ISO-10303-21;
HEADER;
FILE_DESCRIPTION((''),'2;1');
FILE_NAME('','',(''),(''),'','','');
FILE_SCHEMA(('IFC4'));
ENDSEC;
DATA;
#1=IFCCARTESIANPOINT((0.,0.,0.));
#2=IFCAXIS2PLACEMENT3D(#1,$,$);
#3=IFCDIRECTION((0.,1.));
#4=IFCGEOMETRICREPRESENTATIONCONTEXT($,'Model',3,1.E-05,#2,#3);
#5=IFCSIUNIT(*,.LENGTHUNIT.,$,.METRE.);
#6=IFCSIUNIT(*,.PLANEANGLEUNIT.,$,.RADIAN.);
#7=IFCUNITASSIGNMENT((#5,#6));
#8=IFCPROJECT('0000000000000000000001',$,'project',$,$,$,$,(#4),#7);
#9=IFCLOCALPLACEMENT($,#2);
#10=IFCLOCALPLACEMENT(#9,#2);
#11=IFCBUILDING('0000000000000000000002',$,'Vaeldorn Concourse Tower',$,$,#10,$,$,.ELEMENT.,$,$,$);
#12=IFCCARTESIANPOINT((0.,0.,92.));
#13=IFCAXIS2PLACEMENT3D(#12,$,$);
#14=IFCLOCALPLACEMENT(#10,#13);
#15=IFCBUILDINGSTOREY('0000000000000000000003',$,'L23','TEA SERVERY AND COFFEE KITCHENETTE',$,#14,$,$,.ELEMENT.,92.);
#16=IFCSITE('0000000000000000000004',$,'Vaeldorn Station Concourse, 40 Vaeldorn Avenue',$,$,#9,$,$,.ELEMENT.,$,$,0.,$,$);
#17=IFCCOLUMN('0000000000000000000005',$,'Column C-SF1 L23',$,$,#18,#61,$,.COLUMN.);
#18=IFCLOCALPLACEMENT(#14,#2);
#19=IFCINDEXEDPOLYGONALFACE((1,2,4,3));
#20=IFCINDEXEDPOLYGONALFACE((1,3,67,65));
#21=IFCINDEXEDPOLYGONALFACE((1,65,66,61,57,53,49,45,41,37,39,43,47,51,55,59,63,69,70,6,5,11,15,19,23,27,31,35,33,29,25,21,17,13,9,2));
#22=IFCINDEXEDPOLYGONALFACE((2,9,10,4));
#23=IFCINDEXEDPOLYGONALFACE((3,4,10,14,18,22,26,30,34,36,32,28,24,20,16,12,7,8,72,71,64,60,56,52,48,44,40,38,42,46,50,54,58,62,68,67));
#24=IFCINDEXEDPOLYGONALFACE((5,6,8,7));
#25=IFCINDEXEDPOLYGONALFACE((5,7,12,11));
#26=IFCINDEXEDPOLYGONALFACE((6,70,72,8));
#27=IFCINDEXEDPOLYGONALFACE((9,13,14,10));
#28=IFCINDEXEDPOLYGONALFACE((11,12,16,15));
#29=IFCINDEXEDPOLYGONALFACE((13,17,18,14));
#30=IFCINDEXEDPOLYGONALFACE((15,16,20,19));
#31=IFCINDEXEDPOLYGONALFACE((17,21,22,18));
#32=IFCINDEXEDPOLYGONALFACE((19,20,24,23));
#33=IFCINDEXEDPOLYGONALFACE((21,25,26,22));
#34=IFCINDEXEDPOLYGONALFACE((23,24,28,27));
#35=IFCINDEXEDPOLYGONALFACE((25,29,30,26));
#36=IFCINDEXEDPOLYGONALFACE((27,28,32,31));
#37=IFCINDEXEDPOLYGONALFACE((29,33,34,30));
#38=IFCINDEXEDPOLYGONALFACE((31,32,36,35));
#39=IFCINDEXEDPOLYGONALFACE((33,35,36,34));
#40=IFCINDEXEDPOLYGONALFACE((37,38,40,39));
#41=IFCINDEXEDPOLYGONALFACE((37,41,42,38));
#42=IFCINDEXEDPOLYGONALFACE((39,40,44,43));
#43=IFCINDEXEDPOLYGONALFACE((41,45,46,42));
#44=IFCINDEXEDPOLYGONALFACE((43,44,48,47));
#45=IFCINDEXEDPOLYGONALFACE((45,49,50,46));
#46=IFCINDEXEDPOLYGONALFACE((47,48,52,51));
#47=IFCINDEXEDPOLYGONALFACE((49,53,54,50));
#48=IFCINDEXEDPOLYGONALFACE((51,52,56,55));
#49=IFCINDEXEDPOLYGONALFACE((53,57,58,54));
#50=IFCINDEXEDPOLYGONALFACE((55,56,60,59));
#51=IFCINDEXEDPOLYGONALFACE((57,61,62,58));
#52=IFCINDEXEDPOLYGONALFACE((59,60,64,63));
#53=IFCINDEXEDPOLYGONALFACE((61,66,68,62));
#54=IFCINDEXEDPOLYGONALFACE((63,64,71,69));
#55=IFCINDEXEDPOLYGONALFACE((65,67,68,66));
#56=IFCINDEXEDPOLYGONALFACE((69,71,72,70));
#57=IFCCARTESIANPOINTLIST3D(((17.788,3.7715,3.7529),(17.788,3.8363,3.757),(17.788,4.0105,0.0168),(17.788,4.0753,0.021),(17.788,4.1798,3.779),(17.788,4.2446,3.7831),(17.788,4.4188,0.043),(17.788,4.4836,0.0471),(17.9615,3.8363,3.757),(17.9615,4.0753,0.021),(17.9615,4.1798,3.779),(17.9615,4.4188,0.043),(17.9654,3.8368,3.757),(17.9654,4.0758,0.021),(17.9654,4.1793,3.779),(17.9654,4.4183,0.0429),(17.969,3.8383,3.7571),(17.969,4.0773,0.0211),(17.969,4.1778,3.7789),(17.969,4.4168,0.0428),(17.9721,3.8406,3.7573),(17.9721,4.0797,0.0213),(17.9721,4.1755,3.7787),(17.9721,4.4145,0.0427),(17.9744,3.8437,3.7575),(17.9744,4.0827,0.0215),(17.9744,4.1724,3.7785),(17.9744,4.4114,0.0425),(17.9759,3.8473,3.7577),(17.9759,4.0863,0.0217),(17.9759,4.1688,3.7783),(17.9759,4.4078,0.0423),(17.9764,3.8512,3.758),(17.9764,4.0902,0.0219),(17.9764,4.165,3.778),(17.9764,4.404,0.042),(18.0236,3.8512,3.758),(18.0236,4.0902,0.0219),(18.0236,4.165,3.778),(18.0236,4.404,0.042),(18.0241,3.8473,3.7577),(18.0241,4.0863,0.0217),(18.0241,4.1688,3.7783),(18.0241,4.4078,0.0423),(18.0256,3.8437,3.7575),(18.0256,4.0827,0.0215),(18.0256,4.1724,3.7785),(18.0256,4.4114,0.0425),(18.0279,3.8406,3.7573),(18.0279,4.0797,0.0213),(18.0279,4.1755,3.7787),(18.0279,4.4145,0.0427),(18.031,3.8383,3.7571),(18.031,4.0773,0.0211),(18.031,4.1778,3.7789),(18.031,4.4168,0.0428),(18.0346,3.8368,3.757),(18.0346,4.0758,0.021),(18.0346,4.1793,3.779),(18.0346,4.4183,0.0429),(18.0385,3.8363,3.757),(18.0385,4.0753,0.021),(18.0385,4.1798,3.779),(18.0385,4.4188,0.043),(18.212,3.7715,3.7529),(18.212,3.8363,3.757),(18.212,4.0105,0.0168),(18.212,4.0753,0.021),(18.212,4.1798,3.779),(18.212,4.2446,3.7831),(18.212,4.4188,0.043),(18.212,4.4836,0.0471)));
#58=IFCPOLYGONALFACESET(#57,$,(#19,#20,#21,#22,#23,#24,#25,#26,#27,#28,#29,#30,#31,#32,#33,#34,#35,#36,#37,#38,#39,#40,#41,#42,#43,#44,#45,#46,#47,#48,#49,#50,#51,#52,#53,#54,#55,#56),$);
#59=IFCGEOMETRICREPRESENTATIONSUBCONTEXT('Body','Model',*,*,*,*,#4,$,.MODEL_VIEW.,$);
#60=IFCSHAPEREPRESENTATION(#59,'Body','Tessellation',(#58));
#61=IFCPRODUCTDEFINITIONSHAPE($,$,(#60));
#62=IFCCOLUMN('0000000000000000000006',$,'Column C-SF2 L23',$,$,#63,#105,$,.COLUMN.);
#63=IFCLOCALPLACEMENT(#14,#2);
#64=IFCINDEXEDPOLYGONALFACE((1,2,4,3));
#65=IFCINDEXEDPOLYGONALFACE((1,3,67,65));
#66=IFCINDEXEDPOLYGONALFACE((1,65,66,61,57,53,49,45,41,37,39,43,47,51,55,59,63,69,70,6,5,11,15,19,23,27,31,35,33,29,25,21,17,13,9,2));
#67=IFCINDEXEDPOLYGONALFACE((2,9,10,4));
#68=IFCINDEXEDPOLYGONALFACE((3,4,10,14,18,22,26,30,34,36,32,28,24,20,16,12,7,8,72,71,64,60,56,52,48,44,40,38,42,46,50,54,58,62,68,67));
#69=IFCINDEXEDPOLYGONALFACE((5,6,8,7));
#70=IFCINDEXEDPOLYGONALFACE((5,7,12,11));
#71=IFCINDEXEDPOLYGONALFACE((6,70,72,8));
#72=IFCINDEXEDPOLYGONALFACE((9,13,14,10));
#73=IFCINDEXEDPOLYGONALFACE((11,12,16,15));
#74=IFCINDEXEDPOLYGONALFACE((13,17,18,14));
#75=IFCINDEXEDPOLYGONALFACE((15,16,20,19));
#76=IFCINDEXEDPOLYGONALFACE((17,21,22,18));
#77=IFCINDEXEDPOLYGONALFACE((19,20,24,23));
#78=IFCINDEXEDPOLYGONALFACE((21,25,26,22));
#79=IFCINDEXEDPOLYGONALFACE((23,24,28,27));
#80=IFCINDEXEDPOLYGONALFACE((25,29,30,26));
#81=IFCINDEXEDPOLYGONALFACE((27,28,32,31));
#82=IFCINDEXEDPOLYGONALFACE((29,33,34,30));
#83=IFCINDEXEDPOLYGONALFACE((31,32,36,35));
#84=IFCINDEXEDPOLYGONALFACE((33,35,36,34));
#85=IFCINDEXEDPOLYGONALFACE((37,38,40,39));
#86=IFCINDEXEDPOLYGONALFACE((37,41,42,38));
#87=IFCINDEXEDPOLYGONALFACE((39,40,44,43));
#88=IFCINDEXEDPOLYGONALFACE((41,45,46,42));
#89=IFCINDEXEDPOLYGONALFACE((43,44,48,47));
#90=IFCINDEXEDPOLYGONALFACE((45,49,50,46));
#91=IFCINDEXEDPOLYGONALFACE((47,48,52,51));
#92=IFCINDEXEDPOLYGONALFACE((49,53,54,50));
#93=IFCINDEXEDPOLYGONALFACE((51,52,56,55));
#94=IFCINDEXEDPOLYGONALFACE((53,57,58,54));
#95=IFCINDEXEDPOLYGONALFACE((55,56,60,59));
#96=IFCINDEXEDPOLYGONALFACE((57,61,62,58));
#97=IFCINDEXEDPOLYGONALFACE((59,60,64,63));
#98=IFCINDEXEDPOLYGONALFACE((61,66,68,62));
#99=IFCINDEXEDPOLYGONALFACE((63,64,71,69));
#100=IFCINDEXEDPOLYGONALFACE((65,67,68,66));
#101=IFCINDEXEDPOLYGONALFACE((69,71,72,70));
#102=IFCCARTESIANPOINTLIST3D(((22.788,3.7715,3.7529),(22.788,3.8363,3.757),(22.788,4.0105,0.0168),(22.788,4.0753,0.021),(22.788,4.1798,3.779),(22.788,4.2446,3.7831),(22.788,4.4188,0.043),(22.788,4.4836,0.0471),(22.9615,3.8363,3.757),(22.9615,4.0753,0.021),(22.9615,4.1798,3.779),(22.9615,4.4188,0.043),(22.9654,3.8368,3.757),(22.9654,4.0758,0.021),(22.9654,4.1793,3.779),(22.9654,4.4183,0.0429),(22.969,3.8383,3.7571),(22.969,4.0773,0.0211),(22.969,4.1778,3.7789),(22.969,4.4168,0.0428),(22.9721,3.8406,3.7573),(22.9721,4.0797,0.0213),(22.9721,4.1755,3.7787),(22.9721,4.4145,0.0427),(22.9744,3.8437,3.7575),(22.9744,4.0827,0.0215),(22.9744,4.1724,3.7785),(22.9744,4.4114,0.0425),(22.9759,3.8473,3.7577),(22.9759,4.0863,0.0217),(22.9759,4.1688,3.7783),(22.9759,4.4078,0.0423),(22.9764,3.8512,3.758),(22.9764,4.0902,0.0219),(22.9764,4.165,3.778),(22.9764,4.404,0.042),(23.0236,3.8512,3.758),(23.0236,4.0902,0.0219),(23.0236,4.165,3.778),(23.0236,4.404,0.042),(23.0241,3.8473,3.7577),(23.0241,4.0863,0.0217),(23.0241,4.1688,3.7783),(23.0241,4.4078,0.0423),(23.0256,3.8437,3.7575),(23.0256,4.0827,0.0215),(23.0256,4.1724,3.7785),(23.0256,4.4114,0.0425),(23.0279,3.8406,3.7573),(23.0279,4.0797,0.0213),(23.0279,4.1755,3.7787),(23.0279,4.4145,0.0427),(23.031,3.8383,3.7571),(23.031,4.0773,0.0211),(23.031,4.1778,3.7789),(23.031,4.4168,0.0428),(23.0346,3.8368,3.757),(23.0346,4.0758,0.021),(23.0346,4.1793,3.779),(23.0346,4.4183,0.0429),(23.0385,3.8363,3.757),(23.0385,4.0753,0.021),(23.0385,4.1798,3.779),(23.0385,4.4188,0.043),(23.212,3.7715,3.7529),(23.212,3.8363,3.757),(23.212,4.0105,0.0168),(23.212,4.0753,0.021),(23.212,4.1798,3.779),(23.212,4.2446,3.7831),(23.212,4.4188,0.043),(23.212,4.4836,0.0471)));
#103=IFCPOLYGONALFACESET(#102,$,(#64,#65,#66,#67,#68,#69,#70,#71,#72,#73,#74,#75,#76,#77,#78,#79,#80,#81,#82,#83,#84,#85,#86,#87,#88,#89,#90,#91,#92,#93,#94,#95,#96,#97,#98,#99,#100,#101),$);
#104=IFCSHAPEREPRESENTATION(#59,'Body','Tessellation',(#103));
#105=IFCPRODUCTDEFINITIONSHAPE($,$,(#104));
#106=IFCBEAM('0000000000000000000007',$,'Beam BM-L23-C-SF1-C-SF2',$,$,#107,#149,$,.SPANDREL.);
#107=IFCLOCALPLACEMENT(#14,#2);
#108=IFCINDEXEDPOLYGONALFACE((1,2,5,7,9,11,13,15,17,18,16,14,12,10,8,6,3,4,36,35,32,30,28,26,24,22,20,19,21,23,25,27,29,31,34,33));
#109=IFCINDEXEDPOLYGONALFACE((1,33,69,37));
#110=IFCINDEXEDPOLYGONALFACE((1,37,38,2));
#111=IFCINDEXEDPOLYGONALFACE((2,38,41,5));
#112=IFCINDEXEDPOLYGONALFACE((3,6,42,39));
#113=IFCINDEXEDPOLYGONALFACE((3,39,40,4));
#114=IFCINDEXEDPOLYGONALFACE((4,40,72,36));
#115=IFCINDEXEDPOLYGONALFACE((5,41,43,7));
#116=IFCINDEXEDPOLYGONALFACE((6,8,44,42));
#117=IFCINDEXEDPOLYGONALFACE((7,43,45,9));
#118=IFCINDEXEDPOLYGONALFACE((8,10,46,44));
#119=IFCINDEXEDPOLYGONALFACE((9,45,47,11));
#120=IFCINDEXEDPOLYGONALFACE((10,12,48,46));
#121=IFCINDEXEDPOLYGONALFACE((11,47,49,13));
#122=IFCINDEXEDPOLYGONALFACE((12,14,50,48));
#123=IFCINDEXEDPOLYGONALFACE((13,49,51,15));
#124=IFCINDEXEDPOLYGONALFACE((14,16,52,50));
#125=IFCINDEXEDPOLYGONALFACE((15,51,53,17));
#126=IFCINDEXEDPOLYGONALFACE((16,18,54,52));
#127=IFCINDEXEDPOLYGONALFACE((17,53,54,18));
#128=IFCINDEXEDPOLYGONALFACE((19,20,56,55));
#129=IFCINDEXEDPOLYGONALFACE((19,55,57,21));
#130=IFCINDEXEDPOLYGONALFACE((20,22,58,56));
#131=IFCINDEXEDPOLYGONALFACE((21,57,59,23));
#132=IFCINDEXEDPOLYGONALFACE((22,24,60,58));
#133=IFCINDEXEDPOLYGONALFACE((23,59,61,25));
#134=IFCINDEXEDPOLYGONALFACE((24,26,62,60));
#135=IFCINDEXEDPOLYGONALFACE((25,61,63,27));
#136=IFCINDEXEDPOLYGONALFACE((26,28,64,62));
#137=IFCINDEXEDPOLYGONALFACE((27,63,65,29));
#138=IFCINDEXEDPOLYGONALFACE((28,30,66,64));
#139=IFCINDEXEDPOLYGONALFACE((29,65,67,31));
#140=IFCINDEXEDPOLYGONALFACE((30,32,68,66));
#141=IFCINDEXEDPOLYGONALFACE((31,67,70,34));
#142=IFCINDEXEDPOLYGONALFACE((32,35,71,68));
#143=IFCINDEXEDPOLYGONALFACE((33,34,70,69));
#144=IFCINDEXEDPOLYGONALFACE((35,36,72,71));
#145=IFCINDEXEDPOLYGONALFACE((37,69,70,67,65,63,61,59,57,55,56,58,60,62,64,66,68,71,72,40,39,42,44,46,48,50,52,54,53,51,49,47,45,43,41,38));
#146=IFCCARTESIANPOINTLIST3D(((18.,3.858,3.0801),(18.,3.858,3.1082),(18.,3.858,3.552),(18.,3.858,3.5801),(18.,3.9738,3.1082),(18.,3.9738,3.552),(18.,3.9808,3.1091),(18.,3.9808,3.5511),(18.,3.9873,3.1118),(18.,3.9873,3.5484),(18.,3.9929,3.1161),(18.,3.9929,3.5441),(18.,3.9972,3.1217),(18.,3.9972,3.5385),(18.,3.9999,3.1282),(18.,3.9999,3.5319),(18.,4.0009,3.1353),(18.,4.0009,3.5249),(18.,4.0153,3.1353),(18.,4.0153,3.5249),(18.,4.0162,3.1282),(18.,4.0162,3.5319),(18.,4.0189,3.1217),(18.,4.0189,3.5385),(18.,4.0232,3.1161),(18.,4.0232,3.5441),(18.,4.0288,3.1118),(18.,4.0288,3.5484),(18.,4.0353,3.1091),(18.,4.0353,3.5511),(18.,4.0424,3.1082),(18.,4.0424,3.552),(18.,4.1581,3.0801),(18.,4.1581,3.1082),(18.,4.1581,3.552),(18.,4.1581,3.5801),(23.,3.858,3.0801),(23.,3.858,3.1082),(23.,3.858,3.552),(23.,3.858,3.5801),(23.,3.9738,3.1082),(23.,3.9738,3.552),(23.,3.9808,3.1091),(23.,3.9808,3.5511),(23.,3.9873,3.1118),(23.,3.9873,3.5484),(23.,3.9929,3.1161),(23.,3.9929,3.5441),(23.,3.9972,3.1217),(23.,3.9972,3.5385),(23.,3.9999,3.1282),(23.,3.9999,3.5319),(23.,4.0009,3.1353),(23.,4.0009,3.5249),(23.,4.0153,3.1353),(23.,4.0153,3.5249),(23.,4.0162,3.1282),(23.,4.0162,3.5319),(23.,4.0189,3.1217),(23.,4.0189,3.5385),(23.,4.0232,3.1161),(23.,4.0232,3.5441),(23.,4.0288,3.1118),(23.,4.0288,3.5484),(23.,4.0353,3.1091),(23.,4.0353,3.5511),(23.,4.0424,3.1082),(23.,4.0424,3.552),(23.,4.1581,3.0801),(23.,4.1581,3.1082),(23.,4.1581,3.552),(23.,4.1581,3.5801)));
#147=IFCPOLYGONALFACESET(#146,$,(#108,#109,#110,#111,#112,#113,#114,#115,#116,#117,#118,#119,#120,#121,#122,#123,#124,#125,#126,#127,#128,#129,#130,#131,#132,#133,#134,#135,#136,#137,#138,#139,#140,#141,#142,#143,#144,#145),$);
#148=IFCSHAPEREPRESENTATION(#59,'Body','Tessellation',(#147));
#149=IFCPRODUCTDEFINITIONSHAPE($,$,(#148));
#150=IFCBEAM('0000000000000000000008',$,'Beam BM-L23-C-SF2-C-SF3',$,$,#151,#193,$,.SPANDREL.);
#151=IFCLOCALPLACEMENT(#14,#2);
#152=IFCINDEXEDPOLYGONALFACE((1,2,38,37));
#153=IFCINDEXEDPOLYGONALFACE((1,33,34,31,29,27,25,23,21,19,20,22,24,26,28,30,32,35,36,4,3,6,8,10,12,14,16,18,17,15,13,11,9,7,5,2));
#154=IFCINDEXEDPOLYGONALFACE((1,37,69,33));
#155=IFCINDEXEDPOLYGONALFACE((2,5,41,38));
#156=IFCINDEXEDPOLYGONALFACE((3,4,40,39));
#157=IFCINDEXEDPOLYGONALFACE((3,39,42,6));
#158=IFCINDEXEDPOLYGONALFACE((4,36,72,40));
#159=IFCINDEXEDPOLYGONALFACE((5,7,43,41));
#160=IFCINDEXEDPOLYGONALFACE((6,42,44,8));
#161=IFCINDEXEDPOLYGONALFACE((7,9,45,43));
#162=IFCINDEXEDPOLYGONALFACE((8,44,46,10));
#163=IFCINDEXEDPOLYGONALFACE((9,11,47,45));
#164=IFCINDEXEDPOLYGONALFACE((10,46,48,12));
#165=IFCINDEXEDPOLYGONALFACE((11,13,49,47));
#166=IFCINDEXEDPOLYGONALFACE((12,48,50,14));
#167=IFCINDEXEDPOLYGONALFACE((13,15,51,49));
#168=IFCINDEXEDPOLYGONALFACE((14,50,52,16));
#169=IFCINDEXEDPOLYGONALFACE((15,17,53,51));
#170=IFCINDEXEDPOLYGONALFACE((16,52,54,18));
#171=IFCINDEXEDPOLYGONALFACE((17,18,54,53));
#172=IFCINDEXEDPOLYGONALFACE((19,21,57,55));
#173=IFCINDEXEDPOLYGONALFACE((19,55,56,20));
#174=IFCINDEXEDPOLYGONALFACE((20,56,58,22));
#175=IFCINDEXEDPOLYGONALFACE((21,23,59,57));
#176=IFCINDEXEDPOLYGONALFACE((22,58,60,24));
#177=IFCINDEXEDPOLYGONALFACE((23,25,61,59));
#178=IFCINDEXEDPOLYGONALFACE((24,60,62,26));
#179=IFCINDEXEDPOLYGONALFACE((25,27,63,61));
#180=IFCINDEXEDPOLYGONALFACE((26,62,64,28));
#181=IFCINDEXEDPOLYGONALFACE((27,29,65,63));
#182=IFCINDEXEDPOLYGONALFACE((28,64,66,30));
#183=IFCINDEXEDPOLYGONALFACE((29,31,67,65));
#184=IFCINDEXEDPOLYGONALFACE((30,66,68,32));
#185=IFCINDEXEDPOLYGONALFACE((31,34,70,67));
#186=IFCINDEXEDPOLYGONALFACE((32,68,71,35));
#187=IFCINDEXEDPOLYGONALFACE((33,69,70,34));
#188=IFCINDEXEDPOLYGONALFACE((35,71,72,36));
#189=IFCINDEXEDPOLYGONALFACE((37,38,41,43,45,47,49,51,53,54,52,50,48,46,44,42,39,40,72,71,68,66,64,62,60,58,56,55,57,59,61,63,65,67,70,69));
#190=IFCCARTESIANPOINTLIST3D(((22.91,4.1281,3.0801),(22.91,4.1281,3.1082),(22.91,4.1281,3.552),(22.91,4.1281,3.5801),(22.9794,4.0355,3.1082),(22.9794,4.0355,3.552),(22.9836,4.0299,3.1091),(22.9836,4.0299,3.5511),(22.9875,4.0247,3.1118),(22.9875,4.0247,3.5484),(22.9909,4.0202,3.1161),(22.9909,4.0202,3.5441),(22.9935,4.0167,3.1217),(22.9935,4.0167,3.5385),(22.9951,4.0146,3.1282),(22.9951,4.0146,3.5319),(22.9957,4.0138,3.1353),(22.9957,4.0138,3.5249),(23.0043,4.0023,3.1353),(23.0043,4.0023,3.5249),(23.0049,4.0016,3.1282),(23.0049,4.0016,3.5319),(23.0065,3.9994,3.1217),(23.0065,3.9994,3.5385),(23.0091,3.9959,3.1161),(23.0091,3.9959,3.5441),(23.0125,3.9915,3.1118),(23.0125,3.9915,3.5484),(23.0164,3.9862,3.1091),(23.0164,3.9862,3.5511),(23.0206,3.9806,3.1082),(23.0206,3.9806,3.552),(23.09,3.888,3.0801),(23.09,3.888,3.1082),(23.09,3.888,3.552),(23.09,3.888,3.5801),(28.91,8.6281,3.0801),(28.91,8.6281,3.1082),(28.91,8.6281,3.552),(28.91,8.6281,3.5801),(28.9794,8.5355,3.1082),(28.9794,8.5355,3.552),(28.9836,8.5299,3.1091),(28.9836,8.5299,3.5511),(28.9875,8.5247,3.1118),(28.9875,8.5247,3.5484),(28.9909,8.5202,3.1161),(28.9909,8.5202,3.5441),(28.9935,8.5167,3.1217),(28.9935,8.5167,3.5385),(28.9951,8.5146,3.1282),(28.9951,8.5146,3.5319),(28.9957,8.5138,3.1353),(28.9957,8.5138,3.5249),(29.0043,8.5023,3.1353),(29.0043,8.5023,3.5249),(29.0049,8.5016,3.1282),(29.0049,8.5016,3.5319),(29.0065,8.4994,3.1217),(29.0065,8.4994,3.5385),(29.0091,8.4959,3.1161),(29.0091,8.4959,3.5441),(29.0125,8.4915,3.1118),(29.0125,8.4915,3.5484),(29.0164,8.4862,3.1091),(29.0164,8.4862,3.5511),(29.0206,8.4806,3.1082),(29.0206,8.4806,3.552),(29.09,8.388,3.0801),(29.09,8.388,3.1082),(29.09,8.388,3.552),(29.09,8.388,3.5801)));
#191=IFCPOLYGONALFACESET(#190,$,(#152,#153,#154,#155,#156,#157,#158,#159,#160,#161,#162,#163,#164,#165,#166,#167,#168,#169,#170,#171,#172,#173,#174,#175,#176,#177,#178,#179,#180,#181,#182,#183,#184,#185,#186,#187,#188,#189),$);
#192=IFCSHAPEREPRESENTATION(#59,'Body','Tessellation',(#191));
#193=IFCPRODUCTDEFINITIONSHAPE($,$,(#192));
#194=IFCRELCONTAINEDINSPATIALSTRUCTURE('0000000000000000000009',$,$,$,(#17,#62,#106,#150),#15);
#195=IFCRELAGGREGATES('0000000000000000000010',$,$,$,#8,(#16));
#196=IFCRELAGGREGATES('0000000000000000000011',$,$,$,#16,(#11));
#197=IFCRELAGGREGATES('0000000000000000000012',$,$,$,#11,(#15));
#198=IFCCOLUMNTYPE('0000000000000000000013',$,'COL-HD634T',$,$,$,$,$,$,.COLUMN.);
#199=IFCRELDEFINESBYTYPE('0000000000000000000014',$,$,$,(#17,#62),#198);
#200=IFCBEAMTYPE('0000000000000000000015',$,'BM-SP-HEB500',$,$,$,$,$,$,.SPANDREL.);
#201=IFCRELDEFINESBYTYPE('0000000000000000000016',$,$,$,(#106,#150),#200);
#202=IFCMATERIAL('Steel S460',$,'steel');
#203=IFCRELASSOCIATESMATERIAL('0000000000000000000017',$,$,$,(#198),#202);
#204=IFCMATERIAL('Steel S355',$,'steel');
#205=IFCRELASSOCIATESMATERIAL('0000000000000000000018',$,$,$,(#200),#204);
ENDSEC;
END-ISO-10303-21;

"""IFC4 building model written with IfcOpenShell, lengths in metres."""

from ifc_helpers import new_model, si_unit, direction, frame, origin, origin_2d, place, context, subcontext, project, spatial, i_section, extrude, source, transform, mapped, material, material_profile, profile_set, type_object, element, save


model = new_model("IFC4")

# Units and contexts
model_context = context("Model", 3, precision=1e-05, world=origin(), true_north=direction((0.0, 1.0)))
body_context = subcontext(model_context, "Body", "Model", "MODEL_VIEW")
ifc_project = project(units=[si_unit("LENGTHUNIT", "METRE"), si_unit("PLANEANGLEUNIT", "RADIAN")], contexts=[model_context])

# Site, building, storey
site_placement = place(None, origin())
site = spatial("IfcSite", under=ifc_project, at=site_placement, Name="Vaeldorn Station Concourse, 40 Vaeldorn Avenue", CompositionType="ELEMENT", RefElevation=0.0)
building_placement = place(site_placement, origin())
building = spatial("IfcBuilding", under=site, at=building_placement, Name="Vaeldorn Concourse Tower", CompositionType="ELEMENT")
storey_placement = place(building_placement, frame((0.0, 0.0, 92.0)))
storey = spatial("IfcBuildingStorey", under=building, at=storey_placement, Name="L23", Description="TEA SERVERY AND COFFEE KITCHENETTE", CompositionType="ELEMENT", Elevation=92.0)

# Columns
ifc_material_1 = material(Name="Steel S460", Category="steel")
ifc_material_profile_1 = material_profile(ifc_material_1, i_section(OverallWidth=0.4241, OverallDepth=0.4741, WebThickness=0.0471, FlangeThickness=0.0649, FilletRadius=0.0149, at=origin_2d()), Name="HD 400x634")
ifc_profile_set_1 = profile_set([ifc_material_profile_1], Name="Steel S460")
column_type = type_object("IfcColumnType", Name="COL-HD634T", PredefinedType="COLUMN", material=ifc_profile_set_1)
shared_shape_1 = source(origin(), body_context, "Body", "SweptSolid", [
    extrude(i_section(OverallWidth=0.4241, OverallDepth=0.4741, WebThickness=0.0471, FlangeThickness=0.0649, FilletRadius=0.0149, at=origin_2d()), origin(), (0.0, 0.0, 1.0), 3.7437),
])
for number, where, z_axis, x_axis, name in (
    (1, (18.0, 4.2471, 0.032), (0.0, -0.063844, 0.99796), (1.0, 0.0, 0.0), "Column C-SF1 L23"),
    (2, (23.0, 4.2471, 0.032), (0.0, -0.063844, 0.99796), (1.0, 0.0, 0.0), "Column C-SF2 L23"),
):
    element("IfcColumn", number, at=place(storey_placement, frame(where, z_axis=z_axis, x_axis=x_axis)), inside=storey, type_object=column_type, Name=name, PredefinedType="COLUMN", context=body_context, shape_type="MappedRepresentation", body=[
        mapped(shared_shape_1, transform((0.0, 0.0, 0.0), scale=1.0)),
    ])

# Beams
ifc_material_2 = material(Name="Steel S355", Category="steel")
ifc_material_profile_2 = material_profile(ifc_material_2, i_section(OverallWidth=0.3, OverallDepth=0.5, WebThickness=0.0144, FlangeThickness=0.0281, FilletRadius=0.0271, at=origin_2d()), Name="HEB 500")
ifc_profile_set_2 = profile_set([ifc_material_profile_2], Name="Steel S355")
beam_type_1 = type_object("IfcBeamType", Name="BM-SP-HEB500", PredefinedType="SPANDREL", material=ifc_profile_set_2)
shared_shape_2 = source(origin(), body_context, "Body", "SweptSolid", [
    extrude(i_section(OverallWidth=0.3, OverallDepth=0.5, WebThickness=0.0144, FlangeThickness=0.0281, FilletRadius=0.0271, at=origin_2d()), origin(), (0.0, 0.0, 1.0), 5.0),
])
beam_1_placement = place(storey_placement, frame((18.0, 4.0081, 3.3301), z_axis=(1.0, 0.0, 0.0), x_axis=(0.0, 1.0, 0.0)))
element("IfcBeam", 3, at=beam_1_placement, inside=storey, type_object=beam_type_1, Name="Beam BM-L23-C-SF1-C-SF2", PredefinedType="SPANDREL", context=body_context, shape_type="MappedRepresentation", body=[
    mapped(shared_shape_2, transform((0.0, 0.0, 0.0), scale=1.0)),
])
shared_shape_3 = source(origin(), body_context, "Body", "SweptSolid", [
    extrude(i_section(OverallWidth=0.3, OverallDepth=0.5, WebThickness=0.0144, FlangeThickness=0.0281, FilletRadius=0.0271, at=origin_2d()), origin(), (0.0, 0.0, 1.0), 7.5),
])
beam_2_placement = place(storey_placement, frame((23.0, 4.0081, 3.3301), z_axis=(0.8, 0.6, 0.0), x_axis=(-0.6, 0.8, 0.0)))
element("IfcBeam", 4, at=beam_2_placement, inside=storey, type_object=beam_type_1, Name="Beam BM-L23-C-SF2-C-SF3", PredefinedType="SPANDREL", context=body_context, shape_type="MappedRepresentation", body=[
    mapped(shared_shape_3, transform((0.0, 0.0, 0.0), scale=1.0)),
])

save(model, "model.ifc")
